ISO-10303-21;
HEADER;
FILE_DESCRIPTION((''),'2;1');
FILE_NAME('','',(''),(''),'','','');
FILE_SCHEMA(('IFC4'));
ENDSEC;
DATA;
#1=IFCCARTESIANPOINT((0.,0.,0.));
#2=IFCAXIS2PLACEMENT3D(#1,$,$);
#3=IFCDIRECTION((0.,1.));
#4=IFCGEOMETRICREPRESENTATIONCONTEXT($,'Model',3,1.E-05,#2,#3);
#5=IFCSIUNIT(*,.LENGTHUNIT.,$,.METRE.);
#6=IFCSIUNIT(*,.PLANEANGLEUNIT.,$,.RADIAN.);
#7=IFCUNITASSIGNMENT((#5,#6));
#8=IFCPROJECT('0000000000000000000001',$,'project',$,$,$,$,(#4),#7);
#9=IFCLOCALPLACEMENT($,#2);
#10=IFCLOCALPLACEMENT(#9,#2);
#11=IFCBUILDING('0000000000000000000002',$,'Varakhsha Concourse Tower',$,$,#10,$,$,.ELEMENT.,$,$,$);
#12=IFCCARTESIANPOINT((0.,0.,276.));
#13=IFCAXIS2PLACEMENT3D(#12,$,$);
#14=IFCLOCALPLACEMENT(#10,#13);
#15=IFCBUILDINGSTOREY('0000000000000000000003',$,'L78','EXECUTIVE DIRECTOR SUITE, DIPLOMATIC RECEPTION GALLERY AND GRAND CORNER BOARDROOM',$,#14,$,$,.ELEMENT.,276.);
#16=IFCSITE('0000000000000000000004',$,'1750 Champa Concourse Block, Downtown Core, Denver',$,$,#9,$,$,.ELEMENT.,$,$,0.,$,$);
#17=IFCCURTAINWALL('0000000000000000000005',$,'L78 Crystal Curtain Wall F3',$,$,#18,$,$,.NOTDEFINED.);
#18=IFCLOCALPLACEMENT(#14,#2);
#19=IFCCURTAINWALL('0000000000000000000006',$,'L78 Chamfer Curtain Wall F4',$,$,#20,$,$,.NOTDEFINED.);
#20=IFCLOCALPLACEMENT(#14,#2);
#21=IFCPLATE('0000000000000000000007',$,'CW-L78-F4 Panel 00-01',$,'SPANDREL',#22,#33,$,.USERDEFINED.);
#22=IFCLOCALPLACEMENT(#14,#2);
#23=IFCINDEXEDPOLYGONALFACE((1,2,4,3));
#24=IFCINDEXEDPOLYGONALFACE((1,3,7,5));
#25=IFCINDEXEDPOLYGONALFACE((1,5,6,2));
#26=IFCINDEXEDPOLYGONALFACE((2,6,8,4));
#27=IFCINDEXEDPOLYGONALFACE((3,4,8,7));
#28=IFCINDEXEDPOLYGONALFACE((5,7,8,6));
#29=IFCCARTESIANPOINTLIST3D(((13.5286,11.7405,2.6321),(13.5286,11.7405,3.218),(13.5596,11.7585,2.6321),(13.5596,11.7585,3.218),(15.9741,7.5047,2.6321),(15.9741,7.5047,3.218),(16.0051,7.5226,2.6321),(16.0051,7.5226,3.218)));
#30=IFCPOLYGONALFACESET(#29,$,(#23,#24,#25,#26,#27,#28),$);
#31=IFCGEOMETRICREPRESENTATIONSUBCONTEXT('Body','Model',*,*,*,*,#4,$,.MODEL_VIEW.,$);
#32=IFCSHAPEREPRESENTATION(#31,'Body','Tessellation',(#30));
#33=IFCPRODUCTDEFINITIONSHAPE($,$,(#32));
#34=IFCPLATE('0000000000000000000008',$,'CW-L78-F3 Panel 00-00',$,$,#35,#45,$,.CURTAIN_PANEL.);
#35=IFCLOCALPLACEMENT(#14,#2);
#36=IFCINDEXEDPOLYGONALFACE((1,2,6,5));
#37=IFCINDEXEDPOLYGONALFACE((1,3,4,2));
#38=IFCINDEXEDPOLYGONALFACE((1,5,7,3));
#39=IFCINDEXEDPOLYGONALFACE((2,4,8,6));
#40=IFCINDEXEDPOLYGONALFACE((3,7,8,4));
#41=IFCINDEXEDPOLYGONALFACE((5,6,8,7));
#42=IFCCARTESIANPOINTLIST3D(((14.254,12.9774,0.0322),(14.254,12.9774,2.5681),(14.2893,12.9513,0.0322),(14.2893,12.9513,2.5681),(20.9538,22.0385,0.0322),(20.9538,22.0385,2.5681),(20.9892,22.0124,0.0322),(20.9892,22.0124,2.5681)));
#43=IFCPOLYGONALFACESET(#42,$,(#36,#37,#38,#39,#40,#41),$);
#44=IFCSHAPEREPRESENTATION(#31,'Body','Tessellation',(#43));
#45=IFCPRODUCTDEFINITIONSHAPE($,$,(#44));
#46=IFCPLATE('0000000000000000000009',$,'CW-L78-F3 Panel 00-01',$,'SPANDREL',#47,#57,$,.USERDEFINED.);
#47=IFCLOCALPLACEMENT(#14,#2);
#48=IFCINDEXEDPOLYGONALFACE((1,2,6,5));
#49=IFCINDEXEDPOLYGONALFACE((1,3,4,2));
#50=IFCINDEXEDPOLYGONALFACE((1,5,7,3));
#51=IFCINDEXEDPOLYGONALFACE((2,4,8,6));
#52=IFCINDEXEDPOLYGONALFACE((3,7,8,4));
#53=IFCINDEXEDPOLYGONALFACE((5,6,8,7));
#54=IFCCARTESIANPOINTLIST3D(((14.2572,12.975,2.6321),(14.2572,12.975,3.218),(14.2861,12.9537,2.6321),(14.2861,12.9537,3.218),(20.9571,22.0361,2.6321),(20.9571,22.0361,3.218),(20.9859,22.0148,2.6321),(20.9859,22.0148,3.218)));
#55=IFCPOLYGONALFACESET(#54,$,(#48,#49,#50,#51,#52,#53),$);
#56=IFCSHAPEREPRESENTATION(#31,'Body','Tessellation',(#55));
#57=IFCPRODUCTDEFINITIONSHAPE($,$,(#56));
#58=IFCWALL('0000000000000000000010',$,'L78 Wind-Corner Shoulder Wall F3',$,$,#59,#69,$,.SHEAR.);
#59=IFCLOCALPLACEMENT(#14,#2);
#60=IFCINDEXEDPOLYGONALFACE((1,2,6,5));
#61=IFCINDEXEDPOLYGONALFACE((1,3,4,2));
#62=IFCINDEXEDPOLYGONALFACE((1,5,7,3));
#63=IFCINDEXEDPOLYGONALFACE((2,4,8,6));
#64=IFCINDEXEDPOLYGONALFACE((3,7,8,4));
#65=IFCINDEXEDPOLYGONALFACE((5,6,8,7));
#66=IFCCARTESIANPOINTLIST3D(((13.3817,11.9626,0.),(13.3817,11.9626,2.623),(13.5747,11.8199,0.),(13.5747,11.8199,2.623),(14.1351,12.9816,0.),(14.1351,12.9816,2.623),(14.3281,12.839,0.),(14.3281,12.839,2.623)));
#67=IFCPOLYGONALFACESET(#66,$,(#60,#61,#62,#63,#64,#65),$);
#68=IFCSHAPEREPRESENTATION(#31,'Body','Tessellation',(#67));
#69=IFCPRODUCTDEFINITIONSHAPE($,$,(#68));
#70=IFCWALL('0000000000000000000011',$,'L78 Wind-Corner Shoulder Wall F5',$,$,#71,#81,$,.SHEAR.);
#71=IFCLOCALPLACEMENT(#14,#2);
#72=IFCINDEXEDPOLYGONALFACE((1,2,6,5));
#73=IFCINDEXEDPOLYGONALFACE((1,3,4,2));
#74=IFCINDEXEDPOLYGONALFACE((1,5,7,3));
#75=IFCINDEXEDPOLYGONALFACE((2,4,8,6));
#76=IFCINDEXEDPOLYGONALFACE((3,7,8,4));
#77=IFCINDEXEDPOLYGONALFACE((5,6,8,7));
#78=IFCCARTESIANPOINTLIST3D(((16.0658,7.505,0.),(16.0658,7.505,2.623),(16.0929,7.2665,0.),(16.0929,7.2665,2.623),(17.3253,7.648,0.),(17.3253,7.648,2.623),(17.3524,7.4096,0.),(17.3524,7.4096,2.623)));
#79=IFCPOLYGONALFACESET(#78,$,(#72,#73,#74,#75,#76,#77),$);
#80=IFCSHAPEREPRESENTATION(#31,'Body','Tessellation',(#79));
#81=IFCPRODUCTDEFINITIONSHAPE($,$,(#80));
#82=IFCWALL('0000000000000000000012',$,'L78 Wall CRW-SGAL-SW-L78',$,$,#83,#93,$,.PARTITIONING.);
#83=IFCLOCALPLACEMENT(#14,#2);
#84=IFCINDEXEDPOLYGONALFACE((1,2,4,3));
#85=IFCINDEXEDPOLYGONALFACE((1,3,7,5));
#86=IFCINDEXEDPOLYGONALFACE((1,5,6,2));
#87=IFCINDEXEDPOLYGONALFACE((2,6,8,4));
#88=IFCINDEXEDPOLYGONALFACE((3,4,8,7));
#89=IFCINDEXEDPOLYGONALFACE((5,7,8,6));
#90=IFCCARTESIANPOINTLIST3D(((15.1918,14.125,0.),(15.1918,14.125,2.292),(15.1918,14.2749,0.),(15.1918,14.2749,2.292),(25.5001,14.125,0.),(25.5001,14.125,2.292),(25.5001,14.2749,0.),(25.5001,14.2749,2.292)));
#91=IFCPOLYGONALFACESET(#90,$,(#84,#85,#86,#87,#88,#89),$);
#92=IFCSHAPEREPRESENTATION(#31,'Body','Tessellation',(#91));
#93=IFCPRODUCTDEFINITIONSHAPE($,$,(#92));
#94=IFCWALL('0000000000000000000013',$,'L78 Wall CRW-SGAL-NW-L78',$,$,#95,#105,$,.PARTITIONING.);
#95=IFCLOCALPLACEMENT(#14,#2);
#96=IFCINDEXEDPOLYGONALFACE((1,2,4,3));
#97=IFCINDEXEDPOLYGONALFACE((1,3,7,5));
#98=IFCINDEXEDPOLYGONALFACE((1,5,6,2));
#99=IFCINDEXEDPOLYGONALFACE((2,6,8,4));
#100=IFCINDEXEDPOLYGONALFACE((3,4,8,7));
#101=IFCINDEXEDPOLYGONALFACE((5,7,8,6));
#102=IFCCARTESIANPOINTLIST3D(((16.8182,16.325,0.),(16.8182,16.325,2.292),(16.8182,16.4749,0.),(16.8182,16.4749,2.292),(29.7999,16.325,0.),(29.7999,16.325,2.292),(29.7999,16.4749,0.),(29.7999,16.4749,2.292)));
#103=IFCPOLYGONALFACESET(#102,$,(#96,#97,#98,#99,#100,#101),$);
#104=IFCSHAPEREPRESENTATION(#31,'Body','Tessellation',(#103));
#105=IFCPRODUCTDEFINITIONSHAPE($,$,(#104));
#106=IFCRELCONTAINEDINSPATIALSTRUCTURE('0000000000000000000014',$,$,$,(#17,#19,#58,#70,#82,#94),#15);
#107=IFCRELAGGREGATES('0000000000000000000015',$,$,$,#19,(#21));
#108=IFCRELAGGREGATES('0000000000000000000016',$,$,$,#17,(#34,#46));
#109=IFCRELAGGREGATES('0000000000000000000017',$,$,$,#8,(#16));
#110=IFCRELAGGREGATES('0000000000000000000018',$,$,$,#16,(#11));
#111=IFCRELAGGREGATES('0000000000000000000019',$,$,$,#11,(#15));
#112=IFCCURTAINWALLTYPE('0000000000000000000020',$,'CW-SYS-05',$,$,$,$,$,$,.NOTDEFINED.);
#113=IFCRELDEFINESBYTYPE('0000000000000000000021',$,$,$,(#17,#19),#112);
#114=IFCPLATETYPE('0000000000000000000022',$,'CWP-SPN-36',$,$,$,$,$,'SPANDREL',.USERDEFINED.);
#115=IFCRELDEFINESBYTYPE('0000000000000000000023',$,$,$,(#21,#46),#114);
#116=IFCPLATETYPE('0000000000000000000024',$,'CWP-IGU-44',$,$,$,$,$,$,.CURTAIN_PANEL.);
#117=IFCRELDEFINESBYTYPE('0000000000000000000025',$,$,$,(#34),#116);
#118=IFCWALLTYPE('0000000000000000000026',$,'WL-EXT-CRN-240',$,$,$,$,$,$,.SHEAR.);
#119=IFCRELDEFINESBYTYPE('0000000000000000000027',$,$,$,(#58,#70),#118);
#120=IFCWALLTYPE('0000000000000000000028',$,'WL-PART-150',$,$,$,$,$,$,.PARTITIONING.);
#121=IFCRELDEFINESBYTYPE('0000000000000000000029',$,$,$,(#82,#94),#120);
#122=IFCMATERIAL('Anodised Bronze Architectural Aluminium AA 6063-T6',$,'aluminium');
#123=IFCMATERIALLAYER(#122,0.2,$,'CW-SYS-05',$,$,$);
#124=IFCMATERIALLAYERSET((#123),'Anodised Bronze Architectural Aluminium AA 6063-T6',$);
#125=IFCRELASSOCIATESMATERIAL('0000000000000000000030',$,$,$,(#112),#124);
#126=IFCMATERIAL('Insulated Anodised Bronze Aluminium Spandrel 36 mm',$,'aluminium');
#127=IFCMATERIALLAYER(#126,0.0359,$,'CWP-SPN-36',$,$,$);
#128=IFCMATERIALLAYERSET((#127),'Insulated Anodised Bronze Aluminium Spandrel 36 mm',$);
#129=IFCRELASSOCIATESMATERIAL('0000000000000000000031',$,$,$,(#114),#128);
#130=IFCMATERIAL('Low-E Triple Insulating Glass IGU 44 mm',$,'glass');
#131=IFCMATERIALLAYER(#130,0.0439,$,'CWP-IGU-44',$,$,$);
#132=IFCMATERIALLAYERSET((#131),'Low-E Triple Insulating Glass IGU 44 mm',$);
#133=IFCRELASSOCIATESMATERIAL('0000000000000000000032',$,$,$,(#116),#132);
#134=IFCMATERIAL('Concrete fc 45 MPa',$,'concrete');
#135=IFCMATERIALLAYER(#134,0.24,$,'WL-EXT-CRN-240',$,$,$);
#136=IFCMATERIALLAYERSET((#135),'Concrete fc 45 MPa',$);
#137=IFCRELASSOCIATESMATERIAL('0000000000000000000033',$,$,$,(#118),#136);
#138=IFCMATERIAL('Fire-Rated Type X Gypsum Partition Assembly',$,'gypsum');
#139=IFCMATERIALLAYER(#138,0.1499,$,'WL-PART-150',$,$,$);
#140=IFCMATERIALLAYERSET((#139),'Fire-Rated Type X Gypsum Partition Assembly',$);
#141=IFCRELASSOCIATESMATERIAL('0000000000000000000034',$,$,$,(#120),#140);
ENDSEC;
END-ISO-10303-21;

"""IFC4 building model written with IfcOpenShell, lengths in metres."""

from ifc_helpers import new_model, si_unit, direction, frame, frame_2d, origin, origin_2d, place, context, subcontext, project, spatial, rectangle, extrude, source, transform, mapped, material, layer, layer_set, type_object, type_shapes, element, aggregate, save


model = new_model("IFC4")

# Units and contexts
model_context = context("Model", 3, precision=1e-05, world=origin(), true_north=direction((0.0, 1.0)))
body_context = subcontext(model_context, "Body", "Model", "MODEL_VIEW")
ifc_project = project(units=[si_unit("LENGTHUNIT", "METRE"), si_unit("PLANEANGLEUNIT", "RADIAN")], contexts=[model_context])

# Site, building, storey
site_placement = place(None, origin())
site = spatial("IfcSite", under=ifc_project, at=site_placement, Name="1750 Champa Concourse Block, Downtown Core, Denver", CompositionType="ELEMENT", RefElevation=0.0)
building_placement = place(site_placement, origin())
building = spatial("IfcBuilding", under=site, at=building_placement, Name="Varakhsha Concourse Tower", CompositionType="ELEMENT")
storey_placement = place(building_placement, frame((0.0, 0.0, 276.0)))
storey = spatial("IfcBuildingStorey", under=building, at=storey_placement, Name="L78", Description="EXECUTIVE DIRECTOR SUITE, DIPLOMATIC RECEPTION GALLERY AND GRAND CORNER BOARDROOM", CompositionType="ELEMENT", Elevation=276.0)

# Curtain wall
ifc_material_1 = material(Name="Anodised Bronze Architectural Aluminium AA 6063-T6", Category="aluminium")
ifc_layer_1 = layer(ifc_material_1, 0.2, Name="CW-SYS-05")
ifc_layer_set_1 = layer_set([ifc_layer_1], Name="Anodised Bronze Architectural Aluminium AA 6063-T6")
curtain_wall_type = type_object("IfcCurtainWallType", Name="CW-SYS-05", PredefinedType="NOTDEFINED", material=ifc_layer_set_1)
curtain_wall_1_placement = place(storey_placement, origin())
curtain_wall_1 = element("IfcCurtainWall", 1, at=curtain_wall_1_placement, inside=storey, type_object=curtain_wall_type, Name="L78 Crystal Curtain Wall F3", PredefinedType="NOTDEFINED")

# Curtain wall
curtain_wall_2_placement = place(storey_placement, origin())
curtain_wall_2 = element("IfcCurtainWall", 2, at=curtain_wall_2_placement, inside=storey, type_object=curtain_wall_type, Name="L78 Chamfer Curtain Wall F4", PredefinedType="NOTDEFINED")

# Shared definitions
ifc_material_2 = material(Name="Concrete fc 45 MPa", Category="concrete")

# Plates
ifc_material_3 = material(Name="Insulated Anodised Bronze Aluminium Spandrel 36 mm", Category="aluminium")
ifc_layer_2 = layer(ifc_material_3, 0.0359, Name="CWP-SPN-36")
ifc_layer_set_2 = layer_set([ifc_layer_2], Name="Insulated Anodised Bronze Aluminium Spandrel 36 mm")
plate_type_1 = type_object("IfcPlateType", Name="CWP-SPN-36", ElementType="SPANDREL", PredefinedType="USERDEFINED", material=ifc_layer_set_2)
shared_shape_1 = source(origin(), body_context, "Body", "SweptSolid", [
    extrude(rectangle(XDim=4.8911, YDim=0.0359, at=origin_2d()), origin(), (0.0, 0.0, 1.0), 0.5859),
])
plate_1_placement = place(storey_placement, frame((14.7668, 9.6316, 2.6321), z_axis=(0.0, 0.0, 1.0), x_axis=(-0.499989, 0.866032, 0.0)))
plate_1 = element("IfcPlate", 3, at=plate_1_placement, type_object=plate_type_1, Name="CW-L78-F4 Panel 00-01", ObjectType="SPANDREL", PredefinedType="USERDEFINED", context=body_context, shape_type="MappedRepresentation", body=[
    mapped(shared_shape_1, transform((0.0, 0.0, 0.0), scale=1.0)),
])
aggregate(curtain_wall_2, [plate_1])
ifc_material_4 = material(Name="Low-E Triple Insulating Glass IGU 44 mm", Category="glass")
ifc_layer_3 = layer(ifc_material_4, 0.0439, Name="CWP-IGU-44")
ifc_layer_set_3 = layer_set([ifc_layer_3], Name="Low-E Triple Insulating Glass IGU 44 mm")
plate_type_2 = type_object("IfcPlateType", Name="CWP-IGU-44", PredefinedType="CURTAIN_PANEL", material=ifc_layer_set_3)
shared_shape_2 = source(origin(), body_context, "Body", "SweptSolid", [
    extrude(rectangle(XDim=11.269, YDim=0.0439, at=origin_2d()), origin(), (0.0, 0.0, 1.0), 2.5359),
])
type_shapes(plate_type_2, [shared_shape_2])
plate_2_placement = place(storey_placement, frame((17.6216, 17.4949, 0.0322), z_axis=(0.0, 0.0, 1.0), x_axis=(0.594534, 0.804071, 0.0)))
plate_2 = element("IfcPlate", 4, at=plate_2_placement, type_object=plate_type_2, Name="CW-L78-F3 Panel 00-00", PredefinedType="CURTAIN_PANEL", context=body_context, shape_type="MappedRepresentation", body=[
    mapped(shared_shape_2, transform((0.0, 0.0, 0.0), scale=1.0)),
])
shared_shape_3 = source(origin(), body_context, "Body", "SweptSolid", [
    extrude(rectangle(XDim=11.269, YDim=0.0359, at=origin_2d()), origin(), (0.0, 0.0, 1.0), 0.5859),
])
plate_3_placement = place(storey_placement, frame((17.6216, 17.4949, 2.6321), z_axis=(0.0, 0.0, 1.0), x_axis=(0.594534, 0.804071, 0.0)))
plate_3 = element("IfcPlate", 5, at=plate_3_placement, type_object=plate_type_1, Name="CW-L78-F3 Panel 00-01", ObjectType="SPANDREL", PredefinedType="USERDEFINED", context=body_context, shape_type="MappedRepresentation", body=[
    mapped(shared_shape_3, transform((0.0, 0.0, 0.0), scale=1.0)),
])
aggregate(curtain_wall_1, [plate_2, plate_3])

# Walls
ifc_layer_4 = layer(ifc_material_2, 0.24, Name="WL-EXT-CRN-240")
ifc_layer_set_4 = layer_set([ifc_layer_4], Name="Concrete fc 45 MPa")
wall_type_1 = type_object("IfcWallType", Name="WL-EXT-CRN-240", PredefinedType="SHEAR", material=ifc_layer_set_4)
wall_1_placement = place(storey_placement, frame((14.2317, 12.9104, 0.0), z_axis=(0.0, 0.0, 1.0), x_axis=(-0.594499, -0.804096, 0.0)))
element("IfcWall", 6, at=wall_1_placement, inside=storey, type_object=wall_type_1, Name="L78 Wind-Corner Shoulder Wall F3", PredefinedType="SHEAR", context=body_context, shape_type="SweptSolid", body=[
    extrude(rectangle(XDim=1.2673, YDim=0.24, at=frame_2d((0.6338, 0.0))), origin(), (0.0, 0.0, 1.0), 2.623),
])
wall_2_placement = place(storey_placement, frame((16.0793, 7.3857, 0.0), z_axis=(0.0, 0.0, 1.0), x_axis=(0.993611, 0.112862, 0.0)))
element("IfcWall", 7, at=wall_2_placement, inside=storey, type_object=wall_type_1, Name="L78 Wind-Corner Shoulder Wall F5", PredefinedType="SHEAR", context=body_context, shape_type="SweptSolid", body=[
    extrude(rectangle(XDim=1.2676, YDim=0.24, at=frame_2d((0.6338, 0.0))), origin(), (0.0, 0.0, 1.0), 2.623),
])
ifc_material_5 = material(Name="Fire-Rated Type X Gypsum Partition Assembly", Category="gypsum")
ifc_layer_5 = layer(ifc_material_5, 0.1499, Name="WL-PART-150")
ifc_layer_set_5 = layer_set([ifc_layer_5], Name="Fire-Rated Type X Gypsum Partition Assembly")
wall_type_2 = type_object("IfcWallType", Name="WL-PART-150", PredefinedType="PARTITIONING", material=ifc_layer_set_5)
wall_3_placement = place(storey_placement, frame((15.1917, 14.2, 0.0), z_axis=(0.0, 0.0, 1.0), x_axis=(1.0, 0.0, 0.0)))
element("IfcWall", 8, at=wall_3_placement, inside=storey, type_object=wall_type_2, Name="L78 Wall CRW-SGAL-SW-L78", PredefinedType="PARTITIONING", context=body_context, shape_type="SweptSolid", body=[
    extrude(rectangle(XDim=10.3083, YDim=0.1499, at=frame_2d((5.1543, 0.0))), origin(), (0.0, 0.0, 1.0), 2.292),
])
wall_4_placement = place(storey_placement, frame((16.8184, 16.3999, 0.0), z_axis=(0.0, 0.0, 1.0), x_axis=(1.0, 0.0, 0.0)))
element("IfcWall", 9, at=wall_4_placement, inside=storey, type_object=wall_type_2, Name="L78 Wall CRW-SGAL-NW-L78", PredefinedType="PARTITIONING", context=body_context, shape_type="SweptSolid", body=[
    extrude(rectangle(XDim=12.9817, YDim=0.1499, at=frame_2d((6.4907, 0.0))), origin(), (0.0, 0.0, 1.0), 2.292),
])

save(model, "model.ifc")
